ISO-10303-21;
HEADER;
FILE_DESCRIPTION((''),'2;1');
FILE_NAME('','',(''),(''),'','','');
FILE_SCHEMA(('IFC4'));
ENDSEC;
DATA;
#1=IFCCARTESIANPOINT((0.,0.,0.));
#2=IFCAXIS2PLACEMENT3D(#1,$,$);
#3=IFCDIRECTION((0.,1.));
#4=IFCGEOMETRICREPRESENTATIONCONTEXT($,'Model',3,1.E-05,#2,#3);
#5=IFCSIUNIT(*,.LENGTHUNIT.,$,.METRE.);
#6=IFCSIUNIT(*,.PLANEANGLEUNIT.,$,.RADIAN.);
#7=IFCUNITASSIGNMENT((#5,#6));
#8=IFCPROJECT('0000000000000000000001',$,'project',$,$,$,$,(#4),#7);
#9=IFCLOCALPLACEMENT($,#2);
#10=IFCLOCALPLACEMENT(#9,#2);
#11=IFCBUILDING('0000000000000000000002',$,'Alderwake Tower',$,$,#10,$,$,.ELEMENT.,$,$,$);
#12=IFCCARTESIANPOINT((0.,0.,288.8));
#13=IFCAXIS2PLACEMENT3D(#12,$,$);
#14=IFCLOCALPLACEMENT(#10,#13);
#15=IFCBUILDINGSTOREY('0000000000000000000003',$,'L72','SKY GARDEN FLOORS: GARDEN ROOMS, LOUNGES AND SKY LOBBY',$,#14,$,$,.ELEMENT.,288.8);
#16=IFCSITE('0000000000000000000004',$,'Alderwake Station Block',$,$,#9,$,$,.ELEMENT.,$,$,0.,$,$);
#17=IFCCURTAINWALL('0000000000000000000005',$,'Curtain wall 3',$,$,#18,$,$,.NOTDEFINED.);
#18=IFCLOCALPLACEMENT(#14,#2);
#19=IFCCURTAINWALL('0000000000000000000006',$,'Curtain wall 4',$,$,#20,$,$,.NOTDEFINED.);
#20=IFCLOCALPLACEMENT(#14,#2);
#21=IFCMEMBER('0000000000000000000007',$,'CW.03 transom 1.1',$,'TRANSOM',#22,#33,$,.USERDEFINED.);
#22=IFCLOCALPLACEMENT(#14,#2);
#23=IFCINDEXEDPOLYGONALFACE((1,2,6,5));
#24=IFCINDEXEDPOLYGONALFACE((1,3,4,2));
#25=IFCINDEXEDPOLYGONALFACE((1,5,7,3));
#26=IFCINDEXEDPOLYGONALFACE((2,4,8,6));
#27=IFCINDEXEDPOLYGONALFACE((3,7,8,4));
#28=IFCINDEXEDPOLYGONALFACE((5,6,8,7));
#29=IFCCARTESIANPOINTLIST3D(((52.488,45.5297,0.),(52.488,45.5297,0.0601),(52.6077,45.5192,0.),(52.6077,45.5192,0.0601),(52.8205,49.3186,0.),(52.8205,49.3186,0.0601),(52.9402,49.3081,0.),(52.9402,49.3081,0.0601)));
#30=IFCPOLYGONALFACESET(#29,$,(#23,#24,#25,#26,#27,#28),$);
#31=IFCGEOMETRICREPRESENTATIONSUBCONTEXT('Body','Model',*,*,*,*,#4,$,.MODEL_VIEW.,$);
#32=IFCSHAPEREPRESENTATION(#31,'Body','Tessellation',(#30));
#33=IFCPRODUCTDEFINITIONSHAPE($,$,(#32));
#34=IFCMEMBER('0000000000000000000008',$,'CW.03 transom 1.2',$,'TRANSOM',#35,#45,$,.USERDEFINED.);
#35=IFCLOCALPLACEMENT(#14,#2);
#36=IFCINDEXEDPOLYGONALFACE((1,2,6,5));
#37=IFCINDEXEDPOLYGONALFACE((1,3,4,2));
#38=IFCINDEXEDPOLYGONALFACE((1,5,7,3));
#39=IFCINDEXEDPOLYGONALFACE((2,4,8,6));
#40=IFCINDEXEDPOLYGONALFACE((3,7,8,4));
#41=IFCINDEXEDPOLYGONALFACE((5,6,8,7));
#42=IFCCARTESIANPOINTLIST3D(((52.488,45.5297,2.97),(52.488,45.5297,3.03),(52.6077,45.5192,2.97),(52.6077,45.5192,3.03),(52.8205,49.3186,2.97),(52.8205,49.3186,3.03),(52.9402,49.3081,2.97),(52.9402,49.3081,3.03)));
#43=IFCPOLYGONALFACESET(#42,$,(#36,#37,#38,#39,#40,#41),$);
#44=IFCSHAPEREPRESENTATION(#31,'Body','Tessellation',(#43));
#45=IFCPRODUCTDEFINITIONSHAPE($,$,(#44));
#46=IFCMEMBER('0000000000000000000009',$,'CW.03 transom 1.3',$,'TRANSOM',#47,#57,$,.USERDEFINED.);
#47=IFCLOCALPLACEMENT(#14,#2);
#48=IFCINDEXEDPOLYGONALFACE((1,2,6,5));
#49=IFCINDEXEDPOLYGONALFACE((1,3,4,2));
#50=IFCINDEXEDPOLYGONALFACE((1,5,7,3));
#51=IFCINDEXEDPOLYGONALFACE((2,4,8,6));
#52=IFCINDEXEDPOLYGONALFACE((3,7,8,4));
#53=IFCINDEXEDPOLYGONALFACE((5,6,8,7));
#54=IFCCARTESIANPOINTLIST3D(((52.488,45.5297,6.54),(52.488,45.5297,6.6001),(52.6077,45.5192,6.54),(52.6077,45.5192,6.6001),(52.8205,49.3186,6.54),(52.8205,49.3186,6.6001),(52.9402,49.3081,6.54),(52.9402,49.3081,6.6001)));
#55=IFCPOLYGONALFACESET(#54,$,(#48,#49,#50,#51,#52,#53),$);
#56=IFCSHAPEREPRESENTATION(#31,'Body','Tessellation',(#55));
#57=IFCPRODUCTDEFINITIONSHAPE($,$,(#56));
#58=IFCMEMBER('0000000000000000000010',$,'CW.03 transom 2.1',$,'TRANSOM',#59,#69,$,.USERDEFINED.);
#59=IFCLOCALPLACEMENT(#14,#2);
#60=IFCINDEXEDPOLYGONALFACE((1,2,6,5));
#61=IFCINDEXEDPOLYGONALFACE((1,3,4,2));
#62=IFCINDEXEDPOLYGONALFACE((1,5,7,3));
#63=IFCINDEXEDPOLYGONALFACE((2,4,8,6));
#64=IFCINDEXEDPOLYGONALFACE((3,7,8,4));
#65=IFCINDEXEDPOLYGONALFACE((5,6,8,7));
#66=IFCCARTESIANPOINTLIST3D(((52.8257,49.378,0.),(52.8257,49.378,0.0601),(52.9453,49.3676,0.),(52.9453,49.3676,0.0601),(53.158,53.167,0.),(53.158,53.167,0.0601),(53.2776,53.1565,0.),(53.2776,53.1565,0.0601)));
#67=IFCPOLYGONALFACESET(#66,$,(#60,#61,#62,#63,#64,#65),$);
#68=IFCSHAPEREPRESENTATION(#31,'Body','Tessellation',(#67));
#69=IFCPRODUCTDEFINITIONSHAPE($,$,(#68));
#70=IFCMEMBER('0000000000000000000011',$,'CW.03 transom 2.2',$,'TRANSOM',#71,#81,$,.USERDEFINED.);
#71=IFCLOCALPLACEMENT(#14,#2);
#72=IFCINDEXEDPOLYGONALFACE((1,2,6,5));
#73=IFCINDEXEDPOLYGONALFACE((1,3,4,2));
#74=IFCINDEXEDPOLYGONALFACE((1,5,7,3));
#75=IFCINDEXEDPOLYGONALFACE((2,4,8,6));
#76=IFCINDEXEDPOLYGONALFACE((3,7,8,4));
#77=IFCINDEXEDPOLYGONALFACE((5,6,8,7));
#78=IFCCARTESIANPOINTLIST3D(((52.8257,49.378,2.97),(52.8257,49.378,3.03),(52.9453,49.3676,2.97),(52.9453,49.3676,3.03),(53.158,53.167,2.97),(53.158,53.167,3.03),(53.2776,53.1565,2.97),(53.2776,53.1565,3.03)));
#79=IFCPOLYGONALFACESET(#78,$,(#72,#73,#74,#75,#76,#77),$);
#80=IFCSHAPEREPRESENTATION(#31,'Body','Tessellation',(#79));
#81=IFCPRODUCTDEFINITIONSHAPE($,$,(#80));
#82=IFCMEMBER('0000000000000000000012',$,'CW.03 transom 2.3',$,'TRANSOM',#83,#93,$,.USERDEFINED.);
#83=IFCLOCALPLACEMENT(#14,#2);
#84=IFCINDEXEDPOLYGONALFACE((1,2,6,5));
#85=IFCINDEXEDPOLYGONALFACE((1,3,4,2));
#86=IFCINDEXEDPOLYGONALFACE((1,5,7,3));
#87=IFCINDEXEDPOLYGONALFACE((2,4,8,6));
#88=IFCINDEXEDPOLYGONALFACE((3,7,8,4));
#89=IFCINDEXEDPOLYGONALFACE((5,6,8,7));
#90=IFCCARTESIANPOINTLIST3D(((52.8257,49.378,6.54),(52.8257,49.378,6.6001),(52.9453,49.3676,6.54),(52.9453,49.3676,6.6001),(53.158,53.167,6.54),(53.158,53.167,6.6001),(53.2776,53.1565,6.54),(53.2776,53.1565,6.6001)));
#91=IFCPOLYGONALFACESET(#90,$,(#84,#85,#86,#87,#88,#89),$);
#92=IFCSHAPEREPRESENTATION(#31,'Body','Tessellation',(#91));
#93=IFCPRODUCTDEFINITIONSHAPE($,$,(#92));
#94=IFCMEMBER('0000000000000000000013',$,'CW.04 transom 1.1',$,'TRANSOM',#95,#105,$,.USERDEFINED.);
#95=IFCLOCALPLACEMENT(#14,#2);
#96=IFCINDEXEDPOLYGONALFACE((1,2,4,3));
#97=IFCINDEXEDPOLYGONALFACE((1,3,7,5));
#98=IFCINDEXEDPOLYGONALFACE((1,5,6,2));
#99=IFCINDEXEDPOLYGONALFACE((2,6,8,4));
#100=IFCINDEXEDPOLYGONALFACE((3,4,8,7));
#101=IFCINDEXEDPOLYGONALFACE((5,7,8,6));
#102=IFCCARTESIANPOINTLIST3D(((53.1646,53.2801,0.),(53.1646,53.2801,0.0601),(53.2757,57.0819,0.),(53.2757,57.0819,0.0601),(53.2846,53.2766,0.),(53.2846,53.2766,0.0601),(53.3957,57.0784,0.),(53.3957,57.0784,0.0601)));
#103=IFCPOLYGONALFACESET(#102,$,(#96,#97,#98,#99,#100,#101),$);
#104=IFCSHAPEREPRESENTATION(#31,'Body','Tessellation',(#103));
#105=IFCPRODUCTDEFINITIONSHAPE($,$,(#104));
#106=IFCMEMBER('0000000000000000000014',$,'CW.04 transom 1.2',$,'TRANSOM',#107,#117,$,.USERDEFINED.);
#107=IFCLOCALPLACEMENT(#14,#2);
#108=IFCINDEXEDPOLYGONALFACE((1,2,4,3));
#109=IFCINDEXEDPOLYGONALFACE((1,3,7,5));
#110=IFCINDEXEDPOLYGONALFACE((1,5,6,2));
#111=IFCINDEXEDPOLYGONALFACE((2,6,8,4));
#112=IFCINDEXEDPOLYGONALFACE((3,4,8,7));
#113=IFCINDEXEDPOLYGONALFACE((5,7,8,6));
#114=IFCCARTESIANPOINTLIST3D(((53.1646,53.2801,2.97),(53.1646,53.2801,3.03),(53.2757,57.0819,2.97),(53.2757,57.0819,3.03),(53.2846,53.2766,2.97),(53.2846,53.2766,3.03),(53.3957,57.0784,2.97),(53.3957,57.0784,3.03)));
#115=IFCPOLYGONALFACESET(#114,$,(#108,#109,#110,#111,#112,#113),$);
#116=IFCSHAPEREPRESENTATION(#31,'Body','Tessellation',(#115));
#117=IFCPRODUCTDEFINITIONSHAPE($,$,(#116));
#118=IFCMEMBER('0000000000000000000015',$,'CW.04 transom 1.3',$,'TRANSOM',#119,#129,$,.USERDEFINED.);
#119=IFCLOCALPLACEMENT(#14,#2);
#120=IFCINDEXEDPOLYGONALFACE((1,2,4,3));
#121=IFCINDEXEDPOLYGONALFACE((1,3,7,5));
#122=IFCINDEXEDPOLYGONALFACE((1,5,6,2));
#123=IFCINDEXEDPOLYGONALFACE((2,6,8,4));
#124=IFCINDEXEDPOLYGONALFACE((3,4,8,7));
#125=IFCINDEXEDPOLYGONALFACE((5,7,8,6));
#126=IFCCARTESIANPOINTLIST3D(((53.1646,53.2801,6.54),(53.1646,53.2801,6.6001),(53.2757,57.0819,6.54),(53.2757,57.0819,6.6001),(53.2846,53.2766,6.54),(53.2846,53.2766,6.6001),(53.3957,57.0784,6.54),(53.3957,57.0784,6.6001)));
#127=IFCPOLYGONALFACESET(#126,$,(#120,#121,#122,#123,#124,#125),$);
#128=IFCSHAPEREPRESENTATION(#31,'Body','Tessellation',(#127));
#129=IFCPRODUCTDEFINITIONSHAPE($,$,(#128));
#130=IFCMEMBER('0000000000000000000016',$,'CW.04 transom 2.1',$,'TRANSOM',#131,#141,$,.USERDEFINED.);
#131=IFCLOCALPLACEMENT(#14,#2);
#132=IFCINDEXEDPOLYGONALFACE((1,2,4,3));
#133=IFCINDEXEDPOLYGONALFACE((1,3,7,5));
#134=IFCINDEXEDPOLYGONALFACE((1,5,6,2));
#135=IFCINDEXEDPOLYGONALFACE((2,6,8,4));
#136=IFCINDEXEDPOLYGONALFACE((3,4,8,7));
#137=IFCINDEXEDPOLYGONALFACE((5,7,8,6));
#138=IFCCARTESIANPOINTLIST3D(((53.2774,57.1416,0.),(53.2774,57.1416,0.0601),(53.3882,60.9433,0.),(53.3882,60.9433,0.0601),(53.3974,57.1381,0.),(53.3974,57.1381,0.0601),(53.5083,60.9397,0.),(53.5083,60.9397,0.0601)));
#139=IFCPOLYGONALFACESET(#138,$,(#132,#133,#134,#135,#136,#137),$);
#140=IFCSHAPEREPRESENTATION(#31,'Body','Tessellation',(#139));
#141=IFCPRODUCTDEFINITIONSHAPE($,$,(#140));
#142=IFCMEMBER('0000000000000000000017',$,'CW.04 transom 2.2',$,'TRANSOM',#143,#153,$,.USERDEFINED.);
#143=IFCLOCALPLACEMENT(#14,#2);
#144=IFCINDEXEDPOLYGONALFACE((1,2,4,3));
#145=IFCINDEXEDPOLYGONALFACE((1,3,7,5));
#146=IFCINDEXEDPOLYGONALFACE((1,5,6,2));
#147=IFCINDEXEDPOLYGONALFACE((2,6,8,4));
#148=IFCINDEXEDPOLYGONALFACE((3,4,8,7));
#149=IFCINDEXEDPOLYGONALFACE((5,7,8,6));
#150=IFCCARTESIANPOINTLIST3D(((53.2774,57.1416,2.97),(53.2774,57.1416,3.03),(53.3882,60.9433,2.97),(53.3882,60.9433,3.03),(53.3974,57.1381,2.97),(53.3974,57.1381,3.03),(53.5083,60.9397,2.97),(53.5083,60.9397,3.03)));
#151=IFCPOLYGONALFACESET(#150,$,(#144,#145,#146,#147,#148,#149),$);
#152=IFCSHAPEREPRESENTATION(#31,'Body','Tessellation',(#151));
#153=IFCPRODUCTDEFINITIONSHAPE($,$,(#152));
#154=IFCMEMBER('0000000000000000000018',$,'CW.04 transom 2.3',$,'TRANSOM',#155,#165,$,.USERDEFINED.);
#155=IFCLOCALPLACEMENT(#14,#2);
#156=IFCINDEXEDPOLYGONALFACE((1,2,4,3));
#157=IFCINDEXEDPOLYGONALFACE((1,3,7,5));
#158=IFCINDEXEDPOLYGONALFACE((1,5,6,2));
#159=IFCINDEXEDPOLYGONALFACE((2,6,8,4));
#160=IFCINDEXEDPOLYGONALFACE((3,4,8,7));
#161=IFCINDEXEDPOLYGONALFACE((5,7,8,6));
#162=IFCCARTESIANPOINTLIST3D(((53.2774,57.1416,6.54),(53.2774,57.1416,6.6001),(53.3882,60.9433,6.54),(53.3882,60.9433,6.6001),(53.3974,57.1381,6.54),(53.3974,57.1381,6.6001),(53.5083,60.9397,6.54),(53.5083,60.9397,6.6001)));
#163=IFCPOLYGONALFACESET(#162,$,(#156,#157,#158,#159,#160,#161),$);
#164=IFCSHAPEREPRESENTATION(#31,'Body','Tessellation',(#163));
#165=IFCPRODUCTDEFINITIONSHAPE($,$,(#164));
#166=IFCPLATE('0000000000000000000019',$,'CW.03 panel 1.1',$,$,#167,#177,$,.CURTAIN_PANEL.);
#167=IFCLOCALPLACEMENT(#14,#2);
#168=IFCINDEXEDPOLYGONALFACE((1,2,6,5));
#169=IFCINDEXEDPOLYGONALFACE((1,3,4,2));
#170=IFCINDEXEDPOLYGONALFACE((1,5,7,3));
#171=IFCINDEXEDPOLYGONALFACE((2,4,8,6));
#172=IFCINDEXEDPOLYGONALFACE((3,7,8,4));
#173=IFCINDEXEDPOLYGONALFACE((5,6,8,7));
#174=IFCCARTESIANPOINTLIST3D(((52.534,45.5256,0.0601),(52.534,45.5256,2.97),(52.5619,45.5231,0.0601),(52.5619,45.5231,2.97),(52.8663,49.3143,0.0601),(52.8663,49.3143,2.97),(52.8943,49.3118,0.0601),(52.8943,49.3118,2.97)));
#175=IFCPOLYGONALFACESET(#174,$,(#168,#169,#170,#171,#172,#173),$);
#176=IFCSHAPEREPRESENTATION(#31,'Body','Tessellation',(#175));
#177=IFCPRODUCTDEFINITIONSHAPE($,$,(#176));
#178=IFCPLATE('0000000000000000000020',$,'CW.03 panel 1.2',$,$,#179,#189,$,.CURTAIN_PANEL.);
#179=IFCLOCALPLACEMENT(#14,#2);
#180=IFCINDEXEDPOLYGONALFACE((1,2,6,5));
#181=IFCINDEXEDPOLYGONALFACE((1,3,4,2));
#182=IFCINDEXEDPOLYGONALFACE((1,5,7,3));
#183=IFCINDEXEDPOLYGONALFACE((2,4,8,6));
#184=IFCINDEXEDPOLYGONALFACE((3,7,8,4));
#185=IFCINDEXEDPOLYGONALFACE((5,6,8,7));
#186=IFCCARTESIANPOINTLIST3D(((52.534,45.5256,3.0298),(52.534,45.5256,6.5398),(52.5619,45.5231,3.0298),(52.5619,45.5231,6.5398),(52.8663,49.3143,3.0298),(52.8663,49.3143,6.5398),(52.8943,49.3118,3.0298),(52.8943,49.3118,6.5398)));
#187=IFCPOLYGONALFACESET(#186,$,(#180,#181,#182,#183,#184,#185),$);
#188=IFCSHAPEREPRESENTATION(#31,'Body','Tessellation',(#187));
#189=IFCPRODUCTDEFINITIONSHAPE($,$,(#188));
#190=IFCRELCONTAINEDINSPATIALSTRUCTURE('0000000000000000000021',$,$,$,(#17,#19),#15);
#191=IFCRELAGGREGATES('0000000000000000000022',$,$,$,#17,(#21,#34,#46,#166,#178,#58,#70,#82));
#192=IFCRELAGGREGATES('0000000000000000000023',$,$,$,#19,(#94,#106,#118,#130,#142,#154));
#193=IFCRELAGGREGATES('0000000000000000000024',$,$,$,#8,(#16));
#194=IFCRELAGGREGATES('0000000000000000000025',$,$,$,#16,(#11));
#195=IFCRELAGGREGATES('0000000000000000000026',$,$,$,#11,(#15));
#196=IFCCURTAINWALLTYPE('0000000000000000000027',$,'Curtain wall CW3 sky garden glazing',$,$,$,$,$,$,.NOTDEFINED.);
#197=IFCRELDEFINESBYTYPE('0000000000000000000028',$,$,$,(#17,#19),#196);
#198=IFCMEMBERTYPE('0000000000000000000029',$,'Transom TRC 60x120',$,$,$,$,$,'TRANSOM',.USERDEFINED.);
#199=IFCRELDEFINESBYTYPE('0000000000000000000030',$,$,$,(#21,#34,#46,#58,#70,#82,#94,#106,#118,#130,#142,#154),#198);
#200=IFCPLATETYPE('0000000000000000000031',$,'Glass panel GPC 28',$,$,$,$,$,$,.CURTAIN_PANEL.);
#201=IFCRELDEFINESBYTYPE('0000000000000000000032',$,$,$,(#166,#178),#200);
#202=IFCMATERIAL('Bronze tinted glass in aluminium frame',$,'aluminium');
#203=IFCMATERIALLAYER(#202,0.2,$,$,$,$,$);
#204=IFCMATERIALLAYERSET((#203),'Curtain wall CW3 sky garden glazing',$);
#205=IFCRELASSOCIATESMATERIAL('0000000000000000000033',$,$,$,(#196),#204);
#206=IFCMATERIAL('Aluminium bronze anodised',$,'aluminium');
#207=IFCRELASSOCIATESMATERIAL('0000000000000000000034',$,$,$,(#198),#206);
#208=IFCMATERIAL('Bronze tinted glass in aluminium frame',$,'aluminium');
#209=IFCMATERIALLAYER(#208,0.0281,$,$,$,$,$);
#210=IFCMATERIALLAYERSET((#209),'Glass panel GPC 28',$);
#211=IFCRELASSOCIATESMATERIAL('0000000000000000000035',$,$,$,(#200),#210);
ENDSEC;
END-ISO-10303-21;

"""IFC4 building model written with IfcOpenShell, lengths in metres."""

from ifc_helpers import new_model, si_unit, direction, frame, origin, origin_2d, place, context, subcontext, project, spatial, rectangle, extrude, material, layer, layer_set, material_profile, profile_set, type_object, element, aggregate, save


model = new_model("IFC4")

# Units and contexts
model_context = context("Model", 3, precision=1e-05, world=origin(), true_north=direction((0.0, 1.0)))
body_context = subcontext(model_context, "Body", "Model", "MODEL_VIEW")
ifc_project = project(units=[si_unit("LENGTHUNIT", "METRE"), si_unit("PLANEANGLEUNIT", "RADIAN")], contexts=[model_context])

# Site, building, storey
site_placement = place(None, origin())
site = spatial("IfcSite", under=ifc_project, at=site_placement, Name="Alderwake Station Block", CompositionType="ELEMENT", RefElevation=0.0)
building_placement = place(site_placement, origin())
building = spatial("IfcBuilding", under=site, at=building_placement, Name="Alderwake Tower", CompositionType="ELEMENT")
storey_placement = place(building_placement, frame((0.0, 0.0, 288.8)))
storey = spatial("IfcBuildingStorey", under=building, at=storey_placement, Name="L72", Description="SKY GARDEN FLOORS: GARDEN ROOMS, LOUNGES AND SKY LOBBY", CompositionType="ELEMENT", Elevation=288.8)

# Curtain walls
ifc_material_1 = material(Name="Bronze tinted glass in aluminium frame", Category="aluminium")
ifc_layer_1 = layer(ifc_material_1, 0.2)
ifc_layer_set_1 = layer_set([ifc_layer_1], Name="Curtain wall CW3 sky garden glazing")
curtain_wall_type = type_object("IfcCurtainWallType", Name="Curtain wall CW3 sky garden glazing", PredefinedType="NOTDEFINED", material=ifc_layer_set_1)
curtain_wall_1_placement = place(storey_placement, origin())
curtain_wall_1 = element("IfcCurtainWall", 1, at=curtain_wall_1_placement, inside=storey, type_object=curtain_wall_type, Name="Curtain wall 3", PredefinedType="NOTDEFINED")
curtain_wall_2_placement = place(storey_placement, origin())
curtain_wall_2 = element("IfcCurtainWall", 2, at=curtain_wall_2_placement, inside=storey, type_object=curtain_wall_type, Name="Curtain wall 4", PredefinedType="NOTDEFINED")

# Members
ifc_material_2 = material(Name="Aluminium bronze anodised", Category="aluminium")
ifc_material_profile_1 = material_profile(ifc_material_2, rectangle(XDim=0.1201, YDim=0.0601, at=origin_2d()), Name="Transom TRC 60x120")
ifc_profile_set_1 = profile_set([ifc_material_profile_1], Name="Aluminium bronze anodised")
member_type_1 = type_object("IfcMemberType", Name="Transom TRC 60x120", ElementType="TRANSOM", PredefinedType="USERDEFINED", material=ifc_profile_set_1)
member_1_placement = place(storey_placement, frame((52.5479, 45.5244, 0.03), z_axis=(0.087427, 0.996171, 0.0), x_axis=(-0.996171, 0.087427, 0.0)))
member_1 = element("IfcMember", 3, at=member_1_placement, type_object=member_type_1, Name="CW.03 transom 1.1", ObjectType="TRANSOM", PredefinedType="USERDEFINED", context=body_context, shape_type="SweptSolid", body=[
    extrude(rectangle(XDim=0.1201, YDim=0.0601, at=origin_2d()), origin(), (0.0, 0.0, 1.0), 3.8035),
])
member_2_placement = place(storey_placement, frame((52.5479, 45.5244, 3.0), z_axis=(0.087427, 0.996171, 0.0), x_axis=(-0.996171, 0.087427, 0.0)))
member_2 = element("IfcMember", 4, at=member_2_placement, type_object=member_type_1, Name="CW.03 transom 1.2", ObjectType="TRANSOM", PredefinedType="USERDEFINED", context=body_context, shape_type="SweptSolid", body=[
    extrude(rectangle(XDim=0.1201, YDim=0.0601, at=origin_2d()), origin(), (0.0, 0.0, 1.0), 3.8035),
])
member_3_placement = place(storey_placement, frame((52.5479, 45.5244, 6.5701), z_axis=(0.087427, 0.996171, 0.0), x_axis=(-0.996171, 0.087427, 0.0)))
member_3 = element("IfcMember", 5, at=member_3_placement, type_object=member_type_1, Name="CW.03 transom 1.3", ObjectType="TRANSOM", PredefinedType="USERDEFINED", context=body_context, shape_type="SweptSolid", body=[
    extrude(rectangle(XDim=0.1201, YDim=0.0601, at=origin_2d()), origin(), (0.0, 0.0, 1.0), 3.8035),
])
member_4_placement = place(storey_placement, frame((52.8855, 49.3728, 0.03), z_axis=(0.087364, 0.996176, 0.0), x_axis=(-0.996176, 0.087364, 0.0)))
member_4 = element("IfcMember", 6, at=member_4_placement, type_object=member_type_1, Name="CW.03 transom 2.1", ObjectType="TRANSOM", PredefinedType="USERDEFINED", context=body_context, shape_type="SweptSolid", body=[
    extrude(rectangle(XDim=0.1201, YDim=0.0601, at=origin_2d()), origin(), (0.0, 0.0, 1.0), 3.8035),
])
member_5_placement = place(storey_placement, frame((52.8855, 49.3728, 3.0), z_axis=(0.087364, 0.996176, 0.0), x_axis=(-0.996176, 0.087364, 0.0)))
member_5 = element("IfcMember", 7, at=member_5_placement, type_object=member_type_1, Name="CW.03 transom 2.2", ObjectType="TRANSOM", PredefinedType="USERDEFINED", context=body_context, shape_type="SweptSolid", body=[
    extrude(rectangle(XDim=0.1201, YDim=0.0601, at=origin_2d()), origin(), (0.0, 0.0, 1.0), 3.8035),
])
member_6_placement = place(storey_placement, frame((52.8855, 49.3728, 6.5701), z_axis=(0.087364, 0.996176, 0.0), x_axis=(-0.996176, 0.087364, 0.0)))
member_6 = element("IfcMember", 8, at=member_6_placement, type_object=member_type_1, Name="CW.03 transom 2.3", ObjectType="TRANSOM", PredefinedType="USERDEFINED", context=body_context, shape_type="SweptSolid", body=[
    extrude(rectangle(XDim=0.1201, YDim=0.0601, at=origin_2d()), origin(), (0.0, 0.0, 1.0), 3.8035),
])
member_7_placement = place(storey_placement, frame((53.2246, 53.2783, 0.03), z_axis=(0.029207, 0.999573, 0.0), x_axis=(-0.999573, 0.029207, 0.0)))
member_7 = element("IfcMember", 9, at=member_7_placement, type_object=member_type_1, Name="CW.04 transom 1.1", ObjectType="TRANSOM", PredefinedType="USERDEFINED", context=body_context, shape_type="SweptSolid", body=[
    extrude(rectangle(XDim=0.1201, YDim=0.0601, at=origin_2d()), origin(), (0.0, 0.0, 1.0), 3.8035),
])
member_8_placement = place(storey_placement, frame((53.2246, 53.2783, 3.0), z_axis=(0.029207, 0.999573, 0.0), x_axis=(-0.999573, 0.029207, 0.0)))
member_8 = element("IfcMember", 10, at=member_8_placement, type_object=member_type_1, Name="CW.04 transom 1.2", ObjectType="TRANSOM", PredefinedType="USERDEFINED", context=body_context, shape_type="SweptSolid", body=[
    extrude(rectangle(XDim=0.1201, YDim=0.0601, at=origin_2d()), origin(), (0.0, 0.0, 1.0), 3.8035),
])
member_9_placement = place(storey_placement, frame((53.2246, 53.2783, 6.5701), z_axis=(0.029207, 0.999573, 0.0), x_axis=(-0.999573, 0.029207, 0.0)))
member_9 = element("IfcMember", 11, at=member_9_placement, type_object=member_type_1, Name="CW.04 transom 1.3", ObjectType="TRANSOM", PredefinedType="USERDEFINED", context=body_context, shape_type="SweptSolid", body=[
    extrude(rectangle(XDim=0.1201, YDim=0.0601, at=origin_2d()), origin(), (0.0, 0.0, 1.0), 3.8035),
])
member_10_placement = place(storey_placement, frame((53.3374, 57.1399, 0.03), z_axis=(0.029144, 0.999575, 0.0), x_axis=(-0.999575, 0.029144, 0.0)))
member_10 = element("IfcMember", 12, at=member_10_placement, type_object=member_type_1, Name="CW.04 transom 2.1", ObjectType="TRANSOM", PredefinedType="USERDEFINED", context=body_context, shape_type="SweptSolid", body=[
    extrude(rectangle(XDim=0.1201, YDim=0.0601, at=origin_2d()), origin(), (0.0, 0.0, 1.0), 3.8032),
])
member_11_placement = place(storey_placement, frame((53.3374, 57.1399, 3.0), z_axis=(0.029144, 0.999575, 0.0), x_axis=(-0.999575, 0.029144, 0.0)))
member_11 = element("IfcMember", 13, at=member_11_placement, type_object=member_type_1, Name="CW.04 transom 2.2", ObjectType="TRANSOM", PredefinedType="USERDEFINED", context=body_context, shape_type="SweptSolid", body=[
    extrude(rectangle(XDim=0.1201, YDim=0.0601, at=origin_2d()), origin(), (0.0, 0.0, 1.0), 3.8032),
])
member_12_placement = place(storey_placement, frame((53.3374, 57.1399, 6.5701), z_axis=(0.029144, 0.999575, 0.0), x_axis=(-0.999575, 0.029144, 0.0)))
member_12 = element("IfcMember", 14, at=member_12_placement, type_object=member_type_1, Name="CW.04 transom 2.3", ObjectType="TRANSOM", PredefinedType="USERDEFINED", context=body_context, shape_type="SweptSolid", body=[
    extrude(rectangle(XDim=0.1201, YDim=0.0601, at=origin_2d()), origin(), (0.0, 0.0, 1.0), 3.8032),
])

# Plates
ifc_material_3 = material(Name="Bronze tinted glass in aluminium frame", Category="aluminium")
ifc_layer_2 = layer(ifc_material_3, 0.0281)
ifc_layer_set_2 = layer_set([ifc_layer_2], Name="Glass panel GPC 28")
plate_type = type_object("IfcPlateType", Name="Glass panel GPC 28", PredefinedType="CURTAIN_PANEL", material=ifc_layer_set_2)
plate_1_placement = place(storey_placement, frame((52.7141, 47.4187, 0.0601), z_axis=(0.0, 0.0, 1.0), x_axis=(0.087383, 0.996175, 0.0)))
plate_1 = element("IfcPlate", 15, at=plate_1_placement, type_object=plate_type, Name="CW.03 panel 1.1", PredefinedType="CURTAIN_PANEL", context=body_context, shape_type="SweptSolid", body=[
    extrude(rectangle(XDim=3.8032, YDim=0.0281, at=origin_2d()), origin(), (0.0, 0.0, 1.0), 2.9099),
])
plate_2_placement = place(storey_placement, frame((52.7141, 47.4187, 3.0298), z_axis=(0.0, 0.0, 1.0), x_axis=(0.087383, 0.996175, 0.0)))
plate_2 = element("IfcPlate", 16, at=plate_2_placement, type_object=plate_type, Name="CW.03 panel 1.2", PredefinedType="CURTAIN_PANEL", context=body_context, shape_type="SweptSolid", body=[
    extrude(rectangle(XDim=3.8032, YDim=0.0281, at=origin_2d()), origin(), (0.0, 0.0, 1.0), 3.51),
])
aggregate(curtain_wall_1, [member_1, member_2, member_3, plate_1, plate_2, member_4, member_5, member_6])
aggregate(curtain_wall_2, [member_7, member_8, member_9, member_10, member_11, member_12])

save(model, "model.ifc")
